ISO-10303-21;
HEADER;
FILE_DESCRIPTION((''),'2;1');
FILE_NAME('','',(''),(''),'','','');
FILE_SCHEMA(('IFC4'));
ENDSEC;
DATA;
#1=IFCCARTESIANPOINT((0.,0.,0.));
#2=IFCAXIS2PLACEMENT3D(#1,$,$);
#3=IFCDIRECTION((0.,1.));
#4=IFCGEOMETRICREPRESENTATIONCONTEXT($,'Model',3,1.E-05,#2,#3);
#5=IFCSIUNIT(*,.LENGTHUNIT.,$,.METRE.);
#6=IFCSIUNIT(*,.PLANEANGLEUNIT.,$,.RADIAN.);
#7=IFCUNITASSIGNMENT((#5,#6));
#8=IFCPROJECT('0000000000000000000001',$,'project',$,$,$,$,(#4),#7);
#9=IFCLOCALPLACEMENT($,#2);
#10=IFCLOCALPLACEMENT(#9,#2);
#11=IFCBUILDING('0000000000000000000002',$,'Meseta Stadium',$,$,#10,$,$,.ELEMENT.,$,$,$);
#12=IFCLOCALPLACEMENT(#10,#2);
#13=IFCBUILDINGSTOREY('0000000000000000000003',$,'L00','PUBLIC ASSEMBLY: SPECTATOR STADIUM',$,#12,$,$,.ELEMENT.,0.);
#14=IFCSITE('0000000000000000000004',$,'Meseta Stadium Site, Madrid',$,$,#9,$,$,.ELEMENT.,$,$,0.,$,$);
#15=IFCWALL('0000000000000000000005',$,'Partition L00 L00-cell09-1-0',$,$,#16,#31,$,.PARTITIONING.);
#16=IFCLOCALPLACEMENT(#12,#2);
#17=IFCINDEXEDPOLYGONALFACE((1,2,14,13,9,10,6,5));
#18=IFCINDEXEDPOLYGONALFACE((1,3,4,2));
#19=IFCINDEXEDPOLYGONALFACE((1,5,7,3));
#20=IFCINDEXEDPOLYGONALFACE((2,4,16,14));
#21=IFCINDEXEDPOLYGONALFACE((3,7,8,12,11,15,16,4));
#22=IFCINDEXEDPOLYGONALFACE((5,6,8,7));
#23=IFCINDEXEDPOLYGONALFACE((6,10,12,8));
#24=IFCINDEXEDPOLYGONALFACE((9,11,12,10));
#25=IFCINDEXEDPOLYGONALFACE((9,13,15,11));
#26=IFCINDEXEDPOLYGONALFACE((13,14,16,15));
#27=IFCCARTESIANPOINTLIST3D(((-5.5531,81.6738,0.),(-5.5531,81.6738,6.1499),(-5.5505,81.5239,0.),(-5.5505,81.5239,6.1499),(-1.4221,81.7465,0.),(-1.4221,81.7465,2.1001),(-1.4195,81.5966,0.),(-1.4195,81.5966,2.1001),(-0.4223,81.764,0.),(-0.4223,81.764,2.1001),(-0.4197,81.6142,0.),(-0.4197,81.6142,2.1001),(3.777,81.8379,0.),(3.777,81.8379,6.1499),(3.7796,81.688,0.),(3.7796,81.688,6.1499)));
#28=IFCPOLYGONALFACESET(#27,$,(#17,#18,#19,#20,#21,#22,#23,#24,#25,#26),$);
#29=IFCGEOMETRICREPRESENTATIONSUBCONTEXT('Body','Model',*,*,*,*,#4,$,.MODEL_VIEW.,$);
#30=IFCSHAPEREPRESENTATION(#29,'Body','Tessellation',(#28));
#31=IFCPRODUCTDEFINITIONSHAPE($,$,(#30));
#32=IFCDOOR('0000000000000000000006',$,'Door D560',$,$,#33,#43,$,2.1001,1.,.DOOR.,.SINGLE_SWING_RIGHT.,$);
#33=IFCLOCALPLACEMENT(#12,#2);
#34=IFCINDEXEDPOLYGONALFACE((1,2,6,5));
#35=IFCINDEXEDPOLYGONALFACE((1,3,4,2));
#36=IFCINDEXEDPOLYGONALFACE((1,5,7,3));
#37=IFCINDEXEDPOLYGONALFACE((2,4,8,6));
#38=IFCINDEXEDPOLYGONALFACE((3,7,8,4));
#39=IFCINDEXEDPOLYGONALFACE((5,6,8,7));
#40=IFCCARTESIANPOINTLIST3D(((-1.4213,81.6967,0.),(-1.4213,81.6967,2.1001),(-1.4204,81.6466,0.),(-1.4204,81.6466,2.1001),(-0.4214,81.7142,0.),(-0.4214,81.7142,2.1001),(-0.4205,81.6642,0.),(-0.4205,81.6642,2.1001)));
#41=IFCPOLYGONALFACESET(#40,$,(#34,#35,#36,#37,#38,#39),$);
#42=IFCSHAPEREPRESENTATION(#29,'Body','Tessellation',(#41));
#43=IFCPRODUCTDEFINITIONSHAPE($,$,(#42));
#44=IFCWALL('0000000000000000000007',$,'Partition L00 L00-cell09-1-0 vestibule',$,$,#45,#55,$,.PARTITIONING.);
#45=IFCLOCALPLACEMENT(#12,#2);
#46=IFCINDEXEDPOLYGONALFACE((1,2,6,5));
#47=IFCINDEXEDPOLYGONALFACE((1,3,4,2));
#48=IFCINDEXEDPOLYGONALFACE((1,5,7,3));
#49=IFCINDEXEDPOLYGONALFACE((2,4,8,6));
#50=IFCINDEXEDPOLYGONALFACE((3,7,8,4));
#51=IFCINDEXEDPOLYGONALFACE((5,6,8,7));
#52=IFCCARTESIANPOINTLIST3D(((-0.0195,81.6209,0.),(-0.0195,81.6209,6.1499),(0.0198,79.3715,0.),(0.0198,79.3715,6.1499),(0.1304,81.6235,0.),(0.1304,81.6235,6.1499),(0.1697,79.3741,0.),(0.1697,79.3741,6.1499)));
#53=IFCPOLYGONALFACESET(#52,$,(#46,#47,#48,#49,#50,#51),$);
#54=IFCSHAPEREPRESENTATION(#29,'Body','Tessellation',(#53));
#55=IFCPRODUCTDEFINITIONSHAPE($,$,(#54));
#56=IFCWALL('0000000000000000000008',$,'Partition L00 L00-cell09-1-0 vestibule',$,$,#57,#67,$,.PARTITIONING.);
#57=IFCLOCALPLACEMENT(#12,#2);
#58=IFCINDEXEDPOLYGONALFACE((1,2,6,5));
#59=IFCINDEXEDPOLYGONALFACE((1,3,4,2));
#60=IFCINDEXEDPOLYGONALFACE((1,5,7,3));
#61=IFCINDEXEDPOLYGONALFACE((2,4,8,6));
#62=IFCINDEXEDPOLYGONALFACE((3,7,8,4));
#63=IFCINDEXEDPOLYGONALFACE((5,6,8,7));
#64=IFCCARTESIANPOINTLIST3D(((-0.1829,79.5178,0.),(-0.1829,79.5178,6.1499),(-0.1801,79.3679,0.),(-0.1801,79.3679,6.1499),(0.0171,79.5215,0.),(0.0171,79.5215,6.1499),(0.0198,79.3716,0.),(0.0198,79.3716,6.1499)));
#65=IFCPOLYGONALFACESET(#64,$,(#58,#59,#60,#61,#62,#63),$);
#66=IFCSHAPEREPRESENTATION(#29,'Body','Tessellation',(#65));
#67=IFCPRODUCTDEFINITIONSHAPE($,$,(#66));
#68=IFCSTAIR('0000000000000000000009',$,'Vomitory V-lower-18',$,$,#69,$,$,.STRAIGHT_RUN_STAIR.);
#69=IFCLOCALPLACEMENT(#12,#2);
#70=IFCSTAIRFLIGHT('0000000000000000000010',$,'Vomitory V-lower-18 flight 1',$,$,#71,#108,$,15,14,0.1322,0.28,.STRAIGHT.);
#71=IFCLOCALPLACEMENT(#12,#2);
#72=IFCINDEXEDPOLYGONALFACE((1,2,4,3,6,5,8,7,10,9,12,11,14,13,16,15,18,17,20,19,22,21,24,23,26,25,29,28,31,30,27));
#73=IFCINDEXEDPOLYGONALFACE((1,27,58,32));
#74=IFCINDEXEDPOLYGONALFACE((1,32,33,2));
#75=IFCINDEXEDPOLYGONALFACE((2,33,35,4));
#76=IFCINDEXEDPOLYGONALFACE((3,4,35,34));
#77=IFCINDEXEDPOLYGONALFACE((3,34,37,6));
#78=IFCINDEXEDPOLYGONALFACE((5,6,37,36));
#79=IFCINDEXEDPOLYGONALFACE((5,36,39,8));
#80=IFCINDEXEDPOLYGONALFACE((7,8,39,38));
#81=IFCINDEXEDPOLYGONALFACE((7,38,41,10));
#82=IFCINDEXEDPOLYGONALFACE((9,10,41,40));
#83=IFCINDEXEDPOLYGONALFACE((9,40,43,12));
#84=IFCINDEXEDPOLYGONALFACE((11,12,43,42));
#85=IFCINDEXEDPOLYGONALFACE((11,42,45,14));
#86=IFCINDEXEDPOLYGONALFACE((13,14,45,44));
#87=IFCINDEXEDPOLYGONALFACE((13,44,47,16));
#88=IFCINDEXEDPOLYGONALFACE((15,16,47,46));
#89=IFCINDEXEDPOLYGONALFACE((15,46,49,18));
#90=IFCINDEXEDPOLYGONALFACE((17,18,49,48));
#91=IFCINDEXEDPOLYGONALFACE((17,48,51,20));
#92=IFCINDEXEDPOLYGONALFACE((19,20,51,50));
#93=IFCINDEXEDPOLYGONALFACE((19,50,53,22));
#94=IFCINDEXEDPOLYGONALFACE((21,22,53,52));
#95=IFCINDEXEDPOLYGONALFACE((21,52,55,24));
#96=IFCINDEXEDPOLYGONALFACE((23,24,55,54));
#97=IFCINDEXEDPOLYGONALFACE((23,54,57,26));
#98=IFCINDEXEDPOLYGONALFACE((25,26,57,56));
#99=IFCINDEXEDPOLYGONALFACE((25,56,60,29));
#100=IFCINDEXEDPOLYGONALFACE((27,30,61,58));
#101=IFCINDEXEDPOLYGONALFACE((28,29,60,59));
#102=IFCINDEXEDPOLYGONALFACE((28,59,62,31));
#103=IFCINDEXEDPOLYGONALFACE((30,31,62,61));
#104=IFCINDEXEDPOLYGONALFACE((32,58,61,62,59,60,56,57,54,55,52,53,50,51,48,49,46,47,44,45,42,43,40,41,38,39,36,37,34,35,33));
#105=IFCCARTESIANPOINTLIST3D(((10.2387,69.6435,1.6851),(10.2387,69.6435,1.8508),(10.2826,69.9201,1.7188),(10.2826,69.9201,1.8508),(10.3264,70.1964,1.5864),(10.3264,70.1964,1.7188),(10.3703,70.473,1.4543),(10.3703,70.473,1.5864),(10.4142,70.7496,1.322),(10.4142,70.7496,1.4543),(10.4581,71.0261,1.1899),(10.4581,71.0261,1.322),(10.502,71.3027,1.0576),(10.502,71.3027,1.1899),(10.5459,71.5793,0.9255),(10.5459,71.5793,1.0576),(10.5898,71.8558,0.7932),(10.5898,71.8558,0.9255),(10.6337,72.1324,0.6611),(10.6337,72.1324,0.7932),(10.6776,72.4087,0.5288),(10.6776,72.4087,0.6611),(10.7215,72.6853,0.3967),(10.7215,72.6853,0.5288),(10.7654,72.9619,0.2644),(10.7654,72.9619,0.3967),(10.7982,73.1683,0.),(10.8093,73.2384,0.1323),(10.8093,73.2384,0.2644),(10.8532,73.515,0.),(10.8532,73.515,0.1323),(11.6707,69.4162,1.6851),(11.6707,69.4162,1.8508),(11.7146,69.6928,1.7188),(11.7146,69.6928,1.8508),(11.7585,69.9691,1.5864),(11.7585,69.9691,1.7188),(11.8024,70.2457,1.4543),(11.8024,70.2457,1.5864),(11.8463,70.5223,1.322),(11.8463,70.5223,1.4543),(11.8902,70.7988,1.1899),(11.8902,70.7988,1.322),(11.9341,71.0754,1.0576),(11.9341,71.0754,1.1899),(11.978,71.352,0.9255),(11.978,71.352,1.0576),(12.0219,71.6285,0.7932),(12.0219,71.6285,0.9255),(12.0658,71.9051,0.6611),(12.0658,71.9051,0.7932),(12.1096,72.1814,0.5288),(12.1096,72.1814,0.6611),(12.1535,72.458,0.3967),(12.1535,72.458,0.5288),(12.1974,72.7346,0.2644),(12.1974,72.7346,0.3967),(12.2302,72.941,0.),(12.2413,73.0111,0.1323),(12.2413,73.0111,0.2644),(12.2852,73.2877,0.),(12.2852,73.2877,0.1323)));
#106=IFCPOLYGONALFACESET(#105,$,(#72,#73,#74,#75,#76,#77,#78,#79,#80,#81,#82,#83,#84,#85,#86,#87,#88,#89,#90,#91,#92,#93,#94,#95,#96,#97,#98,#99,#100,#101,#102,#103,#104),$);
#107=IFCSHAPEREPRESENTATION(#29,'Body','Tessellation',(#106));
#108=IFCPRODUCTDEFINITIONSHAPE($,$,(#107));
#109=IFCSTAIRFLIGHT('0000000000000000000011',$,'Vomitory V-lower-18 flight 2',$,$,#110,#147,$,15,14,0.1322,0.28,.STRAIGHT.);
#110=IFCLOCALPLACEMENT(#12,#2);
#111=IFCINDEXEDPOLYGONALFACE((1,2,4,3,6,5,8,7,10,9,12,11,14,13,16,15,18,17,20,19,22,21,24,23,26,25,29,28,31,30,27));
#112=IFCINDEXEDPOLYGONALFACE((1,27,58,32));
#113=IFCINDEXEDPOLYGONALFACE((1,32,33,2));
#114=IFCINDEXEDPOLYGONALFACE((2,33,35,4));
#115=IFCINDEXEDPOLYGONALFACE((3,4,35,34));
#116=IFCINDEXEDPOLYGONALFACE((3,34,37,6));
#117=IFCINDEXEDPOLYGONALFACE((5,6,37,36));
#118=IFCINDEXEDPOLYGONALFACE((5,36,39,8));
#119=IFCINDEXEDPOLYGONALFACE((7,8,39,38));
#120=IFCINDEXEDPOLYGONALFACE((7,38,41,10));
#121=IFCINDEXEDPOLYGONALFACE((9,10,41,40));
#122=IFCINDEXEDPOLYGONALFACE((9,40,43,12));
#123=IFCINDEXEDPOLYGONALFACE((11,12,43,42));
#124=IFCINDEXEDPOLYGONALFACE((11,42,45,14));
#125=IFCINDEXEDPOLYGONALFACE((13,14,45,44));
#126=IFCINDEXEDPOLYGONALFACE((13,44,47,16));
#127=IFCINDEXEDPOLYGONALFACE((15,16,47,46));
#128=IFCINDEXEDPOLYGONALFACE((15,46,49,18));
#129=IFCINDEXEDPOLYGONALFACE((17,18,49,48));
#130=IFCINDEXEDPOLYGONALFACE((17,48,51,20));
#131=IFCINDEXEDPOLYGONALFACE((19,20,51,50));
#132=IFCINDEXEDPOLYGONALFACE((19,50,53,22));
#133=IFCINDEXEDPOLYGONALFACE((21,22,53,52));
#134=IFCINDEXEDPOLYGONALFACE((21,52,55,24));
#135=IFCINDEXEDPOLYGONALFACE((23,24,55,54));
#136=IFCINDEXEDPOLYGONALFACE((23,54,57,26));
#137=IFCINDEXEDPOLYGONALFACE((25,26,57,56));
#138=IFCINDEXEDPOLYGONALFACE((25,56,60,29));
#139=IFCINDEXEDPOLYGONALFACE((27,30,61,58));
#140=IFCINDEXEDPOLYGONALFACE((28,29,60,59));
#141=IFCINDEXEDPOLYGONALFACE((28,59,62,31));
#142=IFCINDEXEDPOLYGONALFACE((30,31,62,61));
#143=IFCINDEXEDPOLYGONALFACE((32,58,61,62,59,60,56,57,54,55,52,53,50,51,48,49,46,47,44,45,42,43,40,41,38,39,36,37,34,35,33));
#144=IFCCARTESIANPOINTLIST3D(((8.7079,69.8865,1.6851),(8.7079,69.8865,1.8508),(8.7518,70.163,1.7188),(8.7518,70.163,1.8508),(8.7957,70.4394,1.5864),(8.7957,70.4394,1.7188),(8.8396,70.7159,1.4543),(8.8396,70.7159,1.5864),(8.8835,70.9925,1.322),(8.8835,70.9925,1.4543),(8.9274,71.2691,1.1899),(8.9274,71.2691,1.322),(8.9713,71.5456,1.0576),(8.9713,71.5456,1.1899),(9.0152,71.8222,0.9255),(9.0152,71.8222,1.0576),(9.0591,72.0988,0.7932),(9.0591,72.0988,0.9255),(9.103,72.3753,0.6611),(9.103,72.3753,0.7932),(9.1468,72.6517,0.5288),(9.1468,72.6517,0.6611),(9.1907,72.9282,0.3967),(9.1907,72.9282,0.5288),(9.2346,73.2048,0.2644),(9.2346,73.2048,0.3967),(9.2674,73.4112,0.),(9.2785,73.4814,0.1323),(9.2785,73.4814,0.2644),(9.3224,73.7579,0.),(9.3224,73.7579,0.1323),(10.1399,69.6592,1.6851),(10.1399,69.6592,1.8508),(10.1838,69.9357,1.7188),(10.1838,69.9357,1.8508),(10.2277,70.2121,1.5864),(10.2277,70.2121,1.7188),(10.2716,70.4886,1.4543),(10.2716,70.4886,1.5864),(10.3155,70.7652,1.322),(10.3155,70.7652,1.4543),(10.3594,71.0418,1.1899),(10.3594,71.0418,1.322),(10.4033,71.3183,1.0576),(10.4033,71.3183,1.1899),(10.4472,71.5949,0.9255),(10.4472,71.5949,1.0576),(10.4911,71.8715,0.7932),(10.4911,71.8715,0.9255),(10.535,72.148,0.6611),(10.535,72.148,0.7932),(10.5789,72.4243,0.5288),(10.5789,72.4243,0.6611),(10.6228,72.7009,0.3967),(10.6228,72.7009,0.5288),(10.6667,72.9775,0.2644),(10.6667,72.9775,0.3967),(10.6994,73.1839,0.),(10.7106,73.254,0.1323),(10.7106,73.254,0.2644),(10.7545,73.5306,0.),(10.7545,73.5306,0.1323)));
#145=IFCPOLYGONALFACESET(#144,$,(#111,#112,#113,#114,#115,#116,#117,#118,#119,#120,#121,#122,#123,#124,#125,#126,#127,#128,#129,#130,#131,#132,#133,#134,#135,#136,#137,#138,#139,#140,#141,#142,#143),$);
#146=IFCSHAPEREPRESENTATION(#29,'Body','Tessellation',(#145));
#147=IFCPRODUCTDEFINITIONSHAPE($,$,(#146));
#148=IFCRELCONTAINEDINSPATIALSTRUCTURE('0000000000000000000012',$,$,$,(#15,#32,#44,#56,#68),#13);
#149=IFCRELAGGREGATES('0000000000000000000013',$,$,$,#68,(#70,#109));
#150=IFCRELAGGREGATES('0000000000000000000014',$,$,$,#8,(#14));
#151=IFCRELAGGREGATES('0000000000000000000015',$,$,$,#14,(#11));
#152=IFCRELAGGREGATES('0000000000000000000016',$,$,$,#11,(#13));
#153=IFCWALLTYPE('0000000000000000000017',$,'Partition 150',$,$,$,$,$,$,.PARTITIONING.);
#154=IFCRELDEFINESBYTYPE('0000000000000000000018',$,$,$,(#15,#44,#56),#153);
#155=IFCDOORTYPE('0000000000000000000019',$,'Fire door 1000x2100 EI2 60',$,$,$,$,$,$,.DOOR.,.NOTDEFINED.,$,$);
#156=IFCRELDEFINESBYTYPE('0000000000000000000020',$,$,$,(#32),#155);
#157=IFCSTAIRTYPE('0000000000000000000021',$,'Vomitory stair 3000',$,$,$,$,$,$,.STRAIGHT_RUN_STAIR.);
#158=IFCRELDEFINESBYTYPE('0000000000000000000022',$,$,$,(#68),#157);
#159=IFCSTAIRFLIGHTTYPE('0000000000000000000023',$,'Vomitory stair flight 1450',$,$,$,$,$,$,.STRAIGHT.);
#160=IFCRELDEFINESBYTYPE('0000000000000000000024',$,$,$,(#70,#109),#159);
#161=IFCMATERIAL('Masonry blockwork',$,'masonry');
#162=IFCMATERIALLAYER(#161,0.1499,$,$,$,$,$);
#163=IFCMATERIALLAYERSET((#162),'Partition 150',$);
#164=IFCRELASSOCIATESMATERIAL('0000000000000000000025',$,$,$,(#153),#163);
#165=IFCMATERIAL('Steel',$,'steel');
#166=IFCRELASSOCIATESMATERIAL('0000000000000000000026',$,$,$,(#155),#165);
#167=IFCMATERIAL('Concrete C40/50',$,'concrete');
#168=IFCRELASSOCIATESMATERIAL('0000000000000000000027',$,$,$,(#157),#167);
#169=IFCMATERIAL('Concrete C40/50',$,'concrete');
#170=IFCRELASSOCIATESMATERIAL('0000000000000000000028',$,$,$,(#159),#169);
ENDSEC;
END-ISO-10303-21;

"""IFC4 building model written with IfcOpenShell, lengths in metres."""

from ifc_helpers import new_model, si_unit, direction, frame, frame_2d, origin, place, context, subcontext, project, spatial, polyline, rectangle, outline, extrude, material, layer, layer_set, type_object, element, fill, aggregate, save


model = new_model("IFC4")

# Units and contexts
model_context = context("Model", 3, precision=1e-05, world=origin(), true_north=direction((0.0, 1.0)))
body_context = subcontext(model_context, "Body", "Model", "MODEL_VIEW")
ifc_project = project(units=[si_unit("LENGTHUNIT", "METRE"), si_unit("PLANEANGLEUNIT", "RADIAN")], contexts=[model_context])

# Site, building, storey
site_placement = place(None, origin())
site = spatial("IfcSite", under=ifc_project, at=site_placement, Name="Meseta Stadium Site, Madrid", CompositionType="ELEMENT", RefElevation=0.0)
building_placement = place(site_placement, origin())
building = spatial("IfcBuilding", under=site, at=building_placement, Name="Meseta Stadium", CompositionType="ELEMENT")
storey_placement = place(building_placement, origin())
storey = spatial("IfcBuildingStorey", under=building, at=storey_placement, Name="L00", Description="PUBLIC ASSEMBLY: SPECTATOR STADIUM", CompositionType="ELEMENT", Elevation=0.0)

# Wall, opening, door
ifc_material_1 = material(Name="Masonry blockwork", Category="masonry")
ifc_layer_1 = layer(ifc_material_1, 0.1499)
ifc_layer_set_1 = layer_set([ifc_layer_1], Name="Partition 150")
wall_type = type_object("IfcWallType", Name="Partition 150", PredefinedType="PARTITIONING", material=ifc_layer_set_1)
wall_1_placement = place(storey_placement, frame((3.7783, 81.7629, 0.0), z_axis=(0.0, 0.0, 1.0), x_axis=(-0.999845, -0.017582, 0.0)))
wall_1 = element("IfcWall", 1, at=wall_1_placement, inside=storey, type_object=wall_type, Name="Partition L00 L00-cell09-1-0", PredefinedType="PARTITIONING", context=body_context, shape_type="SweptSolid", body=[
    extrude(rectangle(XDim=9.3315, YDim=0.1499, at=frame_2d((4.6658, 0.0))), origin(), (0.0, 0.0, 1.0), 6.1499),
])
opening_placement = place(wall_1_placement, frame((4.2, 0.0, 0.0)))
opening = element("IfcOpeningElement", 2, at=opening_placement, cuts=wall_1, PredefinedType="OPENING", context=body_context, shape_type="SweptSolid", body=[
    extrude(rectangle(XDim=1.0, YDim=2.1001, at=frame_2d((0.5, 1.05))), frame((0.0, 0.085, 0.0), z_axis=(0.0, -1.0, 0.0), x_axis=(1.0, 0.0, 0.0)), (0.0, 0.0, 1.0), 0.1699),
])
ifc_material_2 = material(Name="Steel", Category="steel")
door_type = type_object("IfcDoorType", Name="Fire door 1000x2100 EI2 60", OperationType="NOTDEFINED", PredefinedType="DOOR", material=ifc_material_2)
door_placement = place(opening_placement, origin())
door = element("IfcDoor", 3, at=door_placement, inside=storey, type_object=door_type, Name="Door D560", OperationType="SINGLE_SWING_RIGHT", OverallHeight=2.1001, OverallWidth=1.0, PredefinedType="DOOR", context=body_context, shape_type="SweptSolid", body=[
    extrude(rectangle(XDim=1.0, YDim=2.1001, at=frame_2d((0.5, 1.05))), frame((0.0, 0.0249, 0.0), z_axis=(0.0, -1.0, 0.0), x_axis=(1.0, 0.0, 0.0)), (0.0, 0.0, 1.0), 0.05),
])
fill(opening, door)

# Walls
wall_2_placement = place(storey_placement, frame((0.0554, 81.6223, 0.0), z_axis=(0.0, 0.0, 1.0), x_axis=(0.017471, -0.999847, 0.0)))
element("IfcWall", 4, at=wall_2_placement, inside=storey, type_object=wall_type, Name="Partition L00 L00-cell09-1-0 vestibule", PredefinedType="PARTITIONING", context=body_context, shape_type="SweptSolid", body=[
    extrude(rectangle(XDim=2.2498, YDim=0.1499, at=frame_2d((1.125, 0.0))), origin(), (0.0, 0.0, 1.0), 6.1499),
])
wall_3_placement = place(storey_placement, frame((0.0186, 79.4465, 0.0), z_axis=(0.0, 0.0, 1.0), x_axis=(-0.999832, -0.018312, 0.0)))
element("IfcWall", 5, at=wall_3_placement, inside=storey, type_object=wall_type, Name="Partition L00 L00-cell09-1-0 vestibule", PredefinedType="PARTITIONING", context=body_context, shape_type="SweptSolid", body=[
    extrude(rectangle(XDim=0.2, YDim=0.1499, at=frame_2d((0.1001, 0.0))), origin(), (0.0, 0.0, 1.0), 6.1499),
])

# Stair, stair flights
ifc_material_3 = material(Name="Concrete C40/50", Category="concrete")
stair_type = type_object("IfcStairType", Name="Vomitory stair 3000", PredefinedType="STRAIGHT_RUN_STAIR", material=ifc_material_3)
stair_1_placement = place(storey_placement, origin())
stair_1 = element("IfcStair", 6, at=stair_1_placement, inside=storey, type_object=stair_type, Name="Vomitory V-lower-18", PredefinedType="STRAIGHT_RUN_STAIR")
ifc_material_4 = material(Name="Concrete C40/50", Category="concrete")
stair_flight_type = type_object("IfcStairFlightType", Name="Vomitory stair flight 1450", PredefinedType="STRAIGHT", material=ifc_material_4)
stair_flight_1_placement = place(storey_placement, frame((11.5691, 73.4014, 0.0), z_axis=(0.0, 0.0, 1.0), x_axis=(-0.156767, -0.987636, 0.0)))
stair_flight_1 = element("IfcStairFlight", 7, at=stair_flight_1_placement, type_object=stair_flight_type, Name="Vomitory V-lower-18 flight 1", NumberOfRisers=15, NumberOfTreads=14, PredefinedType="STRAIGHT", RiserHeight=0.1322, TreadLength=0.28, context=body_context, shape_type="SweptSolid", body=[
    extrude(outline(polyline([(0.0, 0.0), (0.0, 0.1323), (0.28, 0.1323), (0.28, 0.2644), (0.5601, 0.2644), (0.5601, 0.3967), (0.8401, 0.3967), (0.8401, 0.5288), (1.1201, 0.5288), (1.1201, 0.6611), (1.3999, 0.6611), (1.3999, 0.7932), (1.6799, 0.7932), (1.6799, 0.9255), (1.96, 0.9255), (1.96, 1.0576), (2.24, 1.0576), (2.24, 1.1899), (2.52, 1.1899), (2.52, 1.322), (2.8, 1.322), (2.8, 1.4543), (3.0801, 1.4543), (3.0801, 1.5864), (3.3601, 1.5864), (3.3601, 1.7188), (3.6399, 1.7188), (3.6399, 1.8508), (3.9199, 1.8508), (3.9199, 1.6851), (0.3511, 0.0), (0.0, 0.0)])), frame((0.0, 0.7251, 0.0), z_axis=(0.0, -1.0, 0.0), x_axis=(1.0, 0.0, 0.0)), (0.0, 0.0, 1.0), 1.45),
])
stair_flight_2_placement = place(storey_placement, frame((10.0383, 73.6443, 0.0), z_axis=(0.0, 0.0, 1.0), x_axis=(-0.156767, -0.987636, 0.0)))
stair_flight_2 = element("IfcStairFlight", 8, at=stair_flight_2_placement, type_object=stair_flight_type, Name="Vomitory V-lower-18 flight 2", NumberOfRisers=15, NumberOfTreads=14, PredefinedType="STRAIGHT", RiserHeight=0.1322, TreadLength=0.28, context=body_context, shape_type="SweptSolid", body=[
    extrude(outline(polyline([(0.0, 0.0), (0.0, 0.1323), (0.28, 0.1323), (0.28, 0.2644), (0.5601, 0.2644), (0.5601, 0.3967), (0.8401, 0.3967), (0.8401, 0.5288), (1.1201, 0.5288), (1.1201, 0.6611), (1.3999, 0.6611), (1.3999, 0.7932), (1.6799, 0.7932), (1.6799, 0.9255), (1.96, 0.9255), (1.96, 1.0576), (2.24, 1.0576), (2.24, 1.1899), (2.52, 1.1899), (2.52, 1.322), (2.8, 1.322), (2.8, 1.4543), (3.0801, 1.4543), (3.0801, 1.5864), (3.3601, 1.5864), (3.3601, 1.7188), (3.6399, 1.7188), (3.6399, 1.8508), (3.9199, 1.8508), (3.9199, 1.6851), (0.3511, 0.0), (0.0, 0.0)])), frame((0.0, 0.7251, 0.0), z_axis=(0.0, -1.0, 0.0), x_axis=(1.0, 0.0, 0.0)), (0.0, 0.0, 1.0), 1.45),
])
aggregate(stair_1, [stair_flight_1, stair_flight_2])

save(model, "model.ifc")
